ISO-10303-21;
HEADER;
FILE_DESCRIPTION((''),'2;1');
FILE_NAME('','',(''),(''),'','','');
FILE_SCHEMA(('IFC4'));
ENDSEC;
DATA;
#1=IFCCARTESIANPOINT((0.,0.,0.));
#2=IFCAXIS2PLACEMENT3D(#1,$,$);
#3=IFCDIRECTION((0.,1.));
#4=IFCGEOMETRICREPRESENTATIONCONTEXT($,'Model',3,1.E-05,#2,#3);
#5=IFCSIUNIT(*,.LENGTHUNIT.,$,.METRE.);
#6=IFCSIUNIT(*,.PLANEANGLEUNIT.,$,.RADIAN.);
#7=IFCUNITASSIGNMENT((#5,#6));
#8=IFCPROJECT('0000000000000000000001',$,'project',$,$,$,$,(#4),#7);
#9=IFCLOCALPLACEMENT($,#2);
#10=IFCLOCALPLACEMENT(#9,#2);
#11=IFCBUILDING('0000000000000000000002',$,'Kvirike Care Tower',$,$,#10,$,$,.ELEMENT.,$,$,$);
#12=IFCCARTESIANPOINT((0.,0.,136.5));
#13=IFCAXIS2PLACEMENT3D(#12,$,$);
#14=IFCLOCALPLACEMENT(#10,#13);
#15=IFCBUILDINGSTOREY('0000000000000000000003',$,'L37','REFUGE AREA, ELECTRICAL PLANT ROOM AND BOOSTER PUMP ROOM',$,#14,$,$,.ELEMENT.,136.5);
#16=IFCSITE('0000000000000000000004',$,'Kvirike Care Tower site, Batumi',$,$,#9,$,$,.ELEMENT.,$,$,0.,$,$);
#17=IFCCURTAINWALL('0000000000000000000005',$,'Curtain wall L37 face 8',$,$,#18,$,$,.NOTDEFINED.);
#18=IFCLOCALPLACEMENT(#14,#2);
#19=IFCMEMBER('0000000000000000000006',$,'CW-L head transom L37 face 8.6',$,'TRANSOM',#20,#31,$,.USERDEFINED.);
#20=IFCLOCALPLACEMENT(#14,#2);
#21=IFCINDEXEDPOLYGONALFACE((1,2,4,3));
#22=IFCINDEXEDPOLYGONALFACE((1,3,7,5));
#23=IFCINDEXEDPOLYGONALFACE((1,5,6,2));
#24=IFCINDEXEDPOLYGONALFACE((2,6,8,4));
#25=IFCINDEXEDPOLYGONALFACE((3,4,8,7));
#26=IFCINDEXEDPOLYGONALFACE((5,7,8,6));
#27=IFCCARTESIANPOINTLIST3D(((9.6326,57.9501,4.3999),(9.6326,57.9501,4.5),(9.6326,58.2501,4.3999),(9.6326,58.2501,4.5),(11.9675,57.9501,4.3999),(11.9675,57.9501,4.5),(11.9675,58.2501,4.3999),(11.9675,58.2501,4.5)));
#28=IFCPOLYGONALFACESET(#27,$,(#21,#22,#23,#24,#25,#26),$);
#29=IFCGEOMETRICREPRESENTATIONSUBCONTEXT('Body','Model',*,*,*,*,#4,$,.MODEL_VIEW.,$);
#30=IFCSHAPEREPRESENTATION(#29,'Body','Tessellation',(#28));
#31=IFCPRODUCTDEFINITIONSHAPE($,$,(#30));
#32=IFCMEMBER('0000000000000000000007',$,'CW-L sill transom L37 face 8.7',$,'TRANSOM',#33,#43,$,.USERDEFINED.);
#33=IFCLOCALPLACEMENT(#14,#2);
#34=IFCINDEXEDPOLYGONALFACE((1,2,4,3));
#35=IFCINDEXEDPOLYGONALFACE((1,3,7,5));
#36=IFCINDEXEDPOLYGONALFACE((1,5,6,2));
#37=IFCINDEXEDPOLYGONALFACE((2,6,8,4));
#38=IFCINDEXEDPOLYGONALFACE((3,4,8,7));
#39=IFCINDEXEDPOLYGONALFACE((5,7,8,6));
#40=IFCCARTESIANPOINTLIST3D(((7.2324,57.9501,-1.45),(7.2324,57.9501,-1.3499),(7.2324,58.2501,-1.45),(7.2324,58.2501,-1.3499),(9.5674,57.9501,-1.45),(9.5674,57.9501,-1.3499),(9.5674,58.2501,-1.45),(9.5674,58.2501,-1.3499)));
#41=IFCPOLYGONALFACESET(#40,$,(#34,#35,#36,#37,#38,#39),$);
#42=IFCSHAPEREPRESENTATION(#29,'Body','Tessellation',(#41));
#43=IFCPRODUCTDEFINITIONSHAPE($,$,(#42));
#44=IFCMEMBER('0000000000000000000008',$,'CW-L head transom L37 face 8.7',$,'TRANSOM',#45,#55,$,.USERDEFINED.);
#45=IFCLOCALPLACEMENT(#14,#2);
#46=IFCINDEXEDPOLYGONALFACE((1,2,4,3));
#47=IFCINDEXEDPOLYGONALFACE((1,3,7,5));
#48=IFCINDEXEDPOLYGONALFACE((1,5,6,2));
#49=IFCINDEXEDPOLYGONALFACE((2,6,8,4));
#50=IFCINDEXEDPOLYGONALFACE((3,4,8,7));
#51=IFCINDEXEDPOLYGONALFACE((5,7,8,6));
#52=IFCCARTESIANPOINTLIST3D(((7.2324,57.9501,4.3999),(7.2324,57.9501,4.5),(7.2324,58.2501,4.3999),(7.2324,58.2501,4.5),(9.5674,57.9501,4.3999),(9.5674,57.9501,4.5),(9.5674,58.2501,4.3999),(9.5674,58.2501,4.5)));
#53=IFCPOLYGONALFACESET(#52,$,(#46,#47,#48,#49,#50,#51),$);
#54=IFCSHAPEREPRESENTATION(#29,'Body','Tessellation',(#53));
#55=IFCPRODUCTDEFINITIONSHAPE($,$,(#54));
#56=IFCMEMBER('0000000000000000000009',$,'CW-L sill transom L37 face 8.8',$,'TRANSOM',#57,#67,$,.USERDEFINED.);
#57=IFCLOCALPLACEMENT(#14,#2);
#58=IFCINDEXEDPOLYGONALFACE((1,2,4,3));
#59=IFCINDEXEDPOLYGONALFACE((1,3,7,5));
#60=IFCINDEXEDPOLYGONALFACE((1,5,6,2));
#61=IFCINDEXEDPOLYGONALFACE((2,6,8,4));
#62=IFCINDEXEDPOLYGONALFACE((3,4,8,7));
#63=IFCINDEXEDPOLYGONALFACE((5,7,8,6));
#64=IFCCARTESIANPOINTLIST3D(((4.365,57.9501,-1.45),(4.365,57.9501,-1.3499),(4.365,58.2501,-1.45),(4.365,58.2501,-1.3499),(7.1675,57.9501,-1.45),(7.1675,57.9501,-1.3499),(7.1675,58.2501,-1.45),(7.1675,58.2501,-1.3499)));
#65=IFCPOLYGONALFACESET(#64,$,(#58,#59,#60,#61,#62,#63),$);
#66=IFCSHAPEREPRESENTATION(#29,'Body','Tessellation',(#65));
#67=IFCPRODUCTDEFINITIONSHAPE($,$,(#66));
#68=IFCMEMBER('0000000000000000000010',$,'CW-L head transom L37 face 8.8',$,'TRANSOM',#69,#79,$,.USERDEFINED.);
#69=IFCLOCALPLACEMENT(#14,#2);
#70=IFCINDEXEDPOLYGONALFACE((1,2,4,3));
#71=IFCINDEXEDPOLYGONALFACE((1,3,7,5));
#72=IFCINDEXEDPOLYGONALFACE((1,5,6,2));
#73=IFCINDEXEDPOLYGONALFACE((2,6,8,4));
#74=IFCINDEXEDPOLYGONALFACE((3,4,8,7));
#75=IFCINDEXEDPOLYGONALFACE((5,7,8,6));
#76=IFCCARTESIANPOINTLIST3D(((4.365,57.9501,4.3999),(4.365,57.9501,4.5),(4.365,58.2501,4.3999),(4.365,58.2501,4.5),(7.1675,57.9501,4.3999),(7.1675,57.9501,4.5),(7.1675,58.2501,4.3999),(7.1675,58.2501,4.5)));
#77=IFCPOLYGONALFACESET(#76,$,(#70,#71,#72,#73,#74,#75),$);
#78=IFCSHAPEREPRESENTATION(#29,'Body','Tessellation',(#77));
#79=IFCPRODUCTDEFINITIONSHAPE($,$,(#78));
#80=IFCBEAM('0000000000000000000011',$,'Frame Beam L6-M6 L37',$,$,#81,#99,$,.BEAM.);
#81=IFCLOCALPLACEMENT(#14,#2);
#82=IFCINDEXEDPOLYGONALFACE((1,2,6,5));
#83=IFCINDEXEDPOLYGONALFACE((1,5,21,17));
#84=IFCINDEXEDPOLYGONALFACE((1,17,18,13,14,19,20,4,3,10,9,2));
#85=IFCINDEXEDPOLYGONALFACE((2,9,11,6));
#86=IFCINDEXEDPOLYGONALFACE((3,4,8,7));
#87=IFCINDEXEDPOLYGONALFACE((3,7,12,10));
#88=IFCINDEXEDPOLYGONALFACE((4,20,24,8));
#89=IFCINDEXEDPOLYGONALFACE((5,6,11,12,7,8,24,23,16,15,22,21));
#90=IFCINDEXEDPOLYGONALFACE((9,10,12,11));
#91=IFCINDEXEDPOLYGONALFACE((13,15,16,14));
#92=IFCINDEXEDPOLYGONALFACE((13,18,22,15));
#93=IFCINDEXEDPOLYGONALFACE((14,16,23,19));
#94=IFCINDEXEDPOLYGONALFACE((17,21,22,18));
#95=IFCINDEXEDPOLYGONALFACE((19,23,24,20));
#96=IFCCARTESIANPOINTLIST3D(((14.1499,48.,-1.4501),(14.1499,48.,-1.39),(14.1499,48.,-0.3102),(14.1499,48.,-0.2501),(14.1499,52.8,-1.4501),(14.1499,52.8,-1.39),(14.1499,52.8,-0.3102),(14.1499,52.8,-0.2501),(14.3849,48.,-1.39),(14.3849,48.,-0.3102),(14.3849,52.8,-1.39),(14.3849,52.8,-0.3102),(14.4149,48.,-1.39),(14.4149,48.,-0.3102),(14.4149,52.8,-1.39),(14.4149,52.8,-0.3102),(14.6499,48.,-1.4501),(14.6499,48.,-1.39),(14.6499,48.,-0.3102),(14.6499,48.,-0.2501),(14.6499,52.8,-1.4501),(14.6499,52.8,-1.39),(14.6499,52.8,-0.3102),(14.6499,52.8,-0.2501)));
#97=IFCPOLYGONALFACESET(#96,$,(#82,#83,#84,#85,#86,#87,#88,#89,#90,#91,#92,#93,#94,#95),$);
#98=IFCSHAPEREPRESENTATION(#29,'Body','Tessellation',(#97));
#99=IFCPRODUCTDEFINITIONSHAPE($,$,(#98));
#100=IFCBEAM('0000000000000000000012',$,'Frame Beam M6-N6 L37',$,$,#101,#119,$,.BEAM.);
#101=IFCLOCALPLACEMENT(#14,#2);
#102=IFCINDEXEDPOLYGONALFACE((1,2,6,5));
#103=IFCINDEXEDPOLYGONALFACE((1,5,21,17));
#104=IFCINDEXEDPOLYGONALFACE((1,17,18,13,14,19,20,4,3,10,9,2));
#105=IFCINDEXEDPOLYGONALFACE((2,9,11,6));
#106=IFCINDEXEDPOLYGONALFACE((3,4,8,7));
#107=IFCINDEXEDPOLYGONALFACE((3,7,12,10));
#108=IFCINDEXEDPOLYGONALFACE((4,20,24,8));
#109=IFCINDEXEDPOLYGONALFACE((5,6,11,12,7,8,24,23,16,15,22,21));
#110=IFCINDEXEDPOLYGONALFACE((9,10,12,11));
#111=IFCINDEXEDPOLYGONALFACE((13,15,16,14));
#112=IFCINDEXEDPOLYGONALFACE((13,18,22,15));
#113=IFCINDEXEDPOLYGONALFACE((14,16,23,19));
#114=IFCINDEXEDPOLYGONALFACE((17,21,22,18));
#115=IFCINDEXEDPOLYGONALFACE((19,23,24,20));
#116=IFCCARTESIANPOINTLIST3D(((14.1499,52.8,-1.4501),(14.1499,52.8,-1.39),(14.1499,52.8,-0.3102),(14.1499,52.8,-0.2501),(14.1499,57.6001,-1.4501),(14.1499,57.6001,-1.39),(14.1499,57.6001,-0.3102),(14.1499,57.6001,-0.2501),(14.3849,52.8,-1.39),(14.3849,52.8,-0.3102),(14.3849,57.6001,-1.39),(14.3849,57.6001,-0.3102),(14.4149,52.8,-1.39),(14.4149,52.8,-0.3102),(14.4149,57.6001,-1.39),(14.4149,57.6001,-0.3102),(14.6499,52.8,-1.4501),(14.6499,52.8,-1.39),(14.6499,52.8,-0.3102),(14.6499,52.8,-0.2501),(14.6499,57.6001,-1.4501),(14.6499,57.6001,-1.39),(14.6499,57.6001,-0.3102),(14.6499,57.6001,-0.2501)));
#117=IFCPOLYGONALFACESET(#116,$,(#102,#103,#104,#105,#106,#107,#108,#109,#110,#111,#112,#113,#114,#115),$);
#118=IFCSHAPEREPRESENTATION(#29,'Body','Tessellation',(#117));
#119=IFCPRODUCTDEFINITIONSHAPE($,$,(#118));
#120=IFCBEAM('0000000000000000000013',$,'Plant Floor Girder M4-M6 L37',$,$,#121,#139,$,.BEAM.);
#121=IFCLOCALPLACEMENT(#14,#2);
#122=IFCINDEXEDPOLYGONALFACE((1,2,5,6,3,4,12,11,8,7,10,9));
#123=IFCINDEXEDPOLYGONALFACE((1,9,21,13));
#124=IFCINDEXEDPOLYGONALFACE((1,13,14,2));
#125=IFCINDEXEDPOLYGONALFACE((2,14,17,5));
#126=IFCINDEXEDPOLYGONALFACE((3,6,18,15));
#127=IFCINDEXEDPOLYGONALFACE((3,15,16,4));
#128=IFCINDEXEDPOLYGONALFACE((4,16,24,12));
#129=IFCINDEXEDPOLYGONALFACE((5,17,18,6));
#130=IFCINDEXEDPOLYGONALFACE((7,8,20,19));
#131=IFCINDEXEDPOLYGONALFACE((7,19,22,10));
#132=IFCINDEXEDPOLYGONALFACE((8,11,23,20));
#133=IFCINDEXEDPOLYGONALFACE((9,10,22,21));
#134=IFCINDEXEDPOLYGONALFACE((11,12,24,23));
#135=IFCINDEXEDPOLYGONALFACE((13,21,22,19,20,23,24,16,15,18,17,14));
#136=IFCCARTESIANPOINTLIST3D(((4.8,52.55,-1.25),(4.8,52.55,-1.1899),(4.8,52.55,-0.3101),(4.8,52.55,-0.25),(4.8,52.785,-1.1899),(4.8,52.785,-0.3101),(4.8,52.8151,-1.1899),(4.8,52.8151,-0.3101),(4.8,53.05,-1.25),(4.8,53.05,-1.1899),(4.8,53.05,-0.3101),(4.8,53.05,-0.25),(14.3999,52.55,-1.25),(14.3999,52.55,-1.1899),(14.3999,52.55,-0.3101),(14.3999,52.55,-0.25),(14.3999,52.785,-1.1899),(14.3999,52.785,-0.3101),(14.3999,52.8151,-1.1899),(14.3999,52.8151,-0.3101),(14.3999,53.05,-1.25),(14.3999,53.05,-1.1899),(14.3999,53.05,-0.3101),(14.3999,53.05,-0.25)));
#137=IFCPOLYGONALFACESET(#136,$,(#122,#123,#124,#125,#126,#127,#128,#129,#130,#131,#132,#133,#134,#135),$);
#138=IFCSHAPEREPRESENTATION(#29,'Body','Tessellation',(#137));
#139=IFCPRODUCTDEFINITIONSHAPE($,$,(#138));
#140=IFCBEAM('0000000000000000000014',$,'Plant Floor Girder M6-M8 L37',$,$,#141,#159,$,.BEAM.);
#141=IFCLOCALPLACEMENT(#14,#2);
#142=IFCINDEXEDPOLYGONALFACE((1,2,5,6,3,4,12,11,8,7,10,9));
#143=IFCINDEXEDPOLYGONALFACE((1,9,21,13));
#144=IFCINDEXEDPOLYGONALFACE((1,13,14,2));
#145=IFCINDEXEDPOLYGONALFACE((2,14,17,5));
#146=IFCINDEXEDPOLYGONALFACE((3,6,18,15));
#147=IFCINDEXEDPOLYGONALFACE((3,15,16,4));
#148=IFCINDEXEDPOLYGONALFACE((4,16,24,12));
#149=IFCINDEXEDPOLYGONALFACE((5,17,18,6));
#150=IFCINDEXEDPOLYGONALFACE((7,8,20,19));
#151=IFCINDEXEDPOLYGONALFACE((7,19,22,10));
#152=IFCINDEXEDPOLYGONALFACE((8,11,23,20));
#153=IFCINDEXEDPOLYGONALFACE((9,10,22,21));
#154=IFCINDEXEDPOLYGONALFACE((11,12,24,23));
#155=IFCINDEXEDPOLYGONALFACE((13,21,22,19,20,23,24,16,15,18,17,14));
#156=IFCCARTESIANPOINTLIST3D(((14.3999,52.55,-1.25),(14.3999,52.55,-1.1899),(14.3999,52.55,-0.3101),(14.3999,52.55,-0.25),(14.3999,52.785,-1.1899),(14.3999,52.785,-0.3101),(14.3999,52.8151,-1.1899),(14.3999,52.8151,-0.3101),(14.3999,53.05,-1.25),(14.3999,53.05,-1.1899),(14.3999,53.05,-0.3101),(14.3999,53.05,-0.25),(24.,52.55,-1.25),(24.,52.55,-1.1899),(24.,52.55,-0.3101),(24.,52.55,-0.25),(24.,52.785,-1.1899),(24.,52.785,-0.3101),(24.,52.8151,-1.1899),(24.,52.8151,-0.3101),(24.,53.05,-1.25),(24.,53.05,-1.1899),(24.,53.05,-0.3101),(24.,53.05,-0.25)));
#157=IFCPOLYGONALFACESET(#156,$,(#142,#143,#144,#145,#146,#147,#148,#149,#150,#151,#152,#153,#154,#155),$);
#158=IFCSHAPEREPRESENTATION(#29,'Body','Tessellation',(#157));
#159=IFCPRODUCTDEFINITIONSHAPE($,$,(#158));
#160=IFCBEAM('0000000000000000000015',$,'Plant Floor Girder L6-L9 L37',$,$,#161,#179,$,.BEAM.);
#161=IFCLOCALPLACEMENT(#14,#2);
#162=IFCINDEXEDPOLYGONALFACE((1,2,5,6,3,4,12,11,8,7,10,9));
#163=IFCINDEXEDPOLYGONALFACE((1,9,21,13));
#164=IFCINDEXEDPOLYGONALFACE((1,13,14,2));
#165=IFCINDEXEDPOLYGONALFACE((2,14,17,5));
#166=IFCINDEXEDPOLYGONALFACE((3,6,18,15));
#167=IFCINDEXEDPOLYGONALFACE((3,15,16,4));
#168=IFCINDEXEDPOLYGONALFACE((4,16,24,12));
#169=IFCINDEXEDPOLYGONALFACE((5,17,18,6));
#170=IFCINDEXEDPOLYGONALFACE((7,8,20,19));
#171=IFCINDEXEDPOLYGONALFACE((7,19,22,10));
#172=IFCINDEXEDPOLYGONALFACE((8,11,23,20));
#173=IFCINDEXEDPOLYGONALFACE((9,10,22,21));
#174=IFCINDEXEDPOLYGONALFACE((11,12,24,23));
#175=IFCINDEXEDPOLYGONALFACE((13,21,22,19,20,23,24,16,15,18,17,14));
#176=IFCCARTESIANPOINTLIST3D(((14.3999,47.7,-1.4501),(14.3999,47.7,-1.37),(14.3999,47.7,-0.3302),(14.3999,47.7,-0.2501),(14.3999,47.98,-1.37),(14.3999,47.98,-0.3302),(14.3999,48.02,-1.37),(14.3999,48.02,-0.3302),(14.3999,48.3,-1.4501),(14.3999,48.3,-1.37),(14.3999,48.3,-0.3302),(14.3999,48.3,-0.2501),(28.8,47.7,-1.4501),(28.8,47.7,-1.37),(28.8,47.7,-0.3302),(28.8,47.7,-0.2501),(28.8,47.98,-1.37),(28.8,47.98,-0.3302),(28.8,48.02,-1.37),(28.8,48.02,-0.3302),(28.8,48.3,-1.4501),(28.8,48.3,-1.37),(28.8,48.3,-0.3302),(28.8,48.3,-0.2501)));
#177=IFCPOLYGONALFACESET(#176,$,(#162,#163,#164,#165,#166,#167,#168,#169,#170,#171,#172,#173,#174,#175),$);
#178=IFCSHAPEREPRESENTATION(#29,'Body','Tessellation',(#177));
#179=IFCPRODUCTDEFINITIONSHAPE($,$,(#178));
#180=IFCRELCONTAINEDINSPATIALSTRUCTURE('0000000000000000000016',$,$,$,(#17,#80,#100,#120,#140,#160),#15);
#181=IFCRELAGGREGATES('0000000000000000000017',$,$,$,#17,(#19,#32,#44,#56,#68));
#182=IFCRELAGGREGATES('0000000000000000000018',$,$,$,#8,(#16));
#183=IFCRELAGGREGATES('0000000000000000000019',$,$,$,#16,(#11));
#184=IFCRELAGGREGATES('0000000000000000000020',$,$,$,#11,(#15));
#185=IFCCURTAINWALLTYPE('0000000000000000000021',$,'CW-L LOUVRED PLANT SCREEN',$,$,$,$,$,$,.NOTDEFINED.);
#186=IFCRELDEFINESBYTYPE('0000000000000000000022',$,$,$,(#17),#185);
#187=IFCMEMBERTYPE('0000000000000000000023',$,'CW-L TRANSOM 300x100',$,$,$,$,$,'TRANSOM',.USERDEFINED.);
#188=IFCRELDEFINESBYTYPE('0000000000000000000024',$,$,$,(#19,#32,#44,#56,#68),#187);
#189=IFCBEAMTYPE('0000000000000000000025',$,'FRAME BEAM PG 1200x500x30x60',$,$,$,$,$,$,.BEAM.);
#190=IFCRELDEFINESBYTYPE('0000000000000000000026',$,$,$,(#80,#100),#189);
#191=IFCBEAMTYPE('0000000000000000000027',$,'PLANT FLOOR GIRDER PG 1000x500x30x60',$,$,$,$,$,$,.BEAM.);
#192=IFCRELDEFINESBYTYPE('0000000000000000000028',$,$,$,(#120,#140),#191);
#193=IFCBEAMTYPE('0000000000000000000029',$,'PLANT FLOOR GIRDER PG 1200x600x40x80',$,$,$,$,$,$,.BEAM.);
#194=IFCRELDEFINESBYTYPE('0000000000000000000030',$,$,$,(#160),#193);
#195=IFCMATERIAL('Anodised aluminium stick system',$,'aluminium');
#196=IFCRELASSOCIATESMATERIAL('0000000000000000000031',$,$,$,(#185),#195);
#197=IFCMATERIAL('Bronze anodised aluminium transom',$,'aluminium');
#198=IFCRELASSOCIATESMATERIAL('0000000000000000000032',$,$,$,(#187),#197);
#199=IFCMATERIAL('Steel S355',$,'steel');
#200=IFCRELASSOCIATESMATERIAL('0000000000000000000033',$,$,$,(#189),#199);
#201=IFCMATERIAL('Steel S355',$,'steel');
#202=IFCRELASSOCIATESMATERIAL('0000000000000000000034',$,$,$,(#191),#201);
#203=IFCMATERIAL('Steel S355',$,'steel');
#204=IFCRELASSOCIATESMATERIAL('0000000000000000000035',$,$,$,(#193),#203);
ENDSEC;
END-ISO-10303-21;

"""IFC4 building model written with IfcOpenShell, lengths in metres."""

from ifc_helpers import new_model, si_unit, direction, frame, origin, origin_2d, place, context, subcontext, project, spatial, rectangle, i_section, extrude, material, material_profile, profile_set, type_object, element, aggregate, save


model = new_model("IFC4")

# Units and contexts
model_context = context("Model", 3, precision=1e-05, world=origin(), true_north=direction((0.0, 1.0)))
body_context = subcontext(model_context, "Body", "Model", "MODEL_VIEW")
ifc_project = project(units=[si_unit("LENGTHUNIT", "METRE"), si_unit("PLANEANGLEUNIT", "RADIAN")], contexts=[model_context])

# Site, building, storey
site_placement = place(None, origin())
site = spatial("IfcSite", under=ifc_project, at=site_placement, Name="Kvirike Care Tower site, Batumi", CompositionType="ELEMENT", RefElevation=0.0)
building_placement = place(site_placement, origin())
building = spatial("IfcBuilding", under=site, at=building_placement, Name="Kvirike Care Tower", CompositionType="ELEMENT")
storey_placement = place(building_placement, frame((0.0, 0.0, 136.5)))
storey = spatial("IfcBuildingStorey", under=building, at=storey_placement, Name="L37", Description="REFUGE AREA, ELECTRICAL PLANT ROOM AND BOOSTER PUMP ROOM", CompositionType="ELEMENT", Elevation=136.5)

# Curtain wall
ifc_material_1 = material(Name="Anodised aluminium stick system", Category="aluminium")
curtain_wall_type = type_object("IfcCurtainWallType", Name="CW-L LOUVRED PLANT SCREEN", PredefinedType="NOTDEFINED", material=ifc_material_1)
curtain_wall_1_placement = place(storey_placement, origin())
curtain_wall_1 = element("IfcCurtainWall", 1, at=curtain_wall_1_placement, inside=storey, type_object=curtain_wall_type, Name="Curtain wall L37 face 8", PredefinedType="NOTDEFINED")

# Members
ifc_material_2 = material(Name="Bronze anodised aluminium transom", Category="aluminium")
ifc_material_profile_1 = material_profile(ifc_material_2, rectangle(XDim=0.3, YDim=0.1001, at=origin_2d()), Name="CW-L TRANSOM 300x100")
ifc_profile_set_1 = profile_set([ifc_material_profile_1], Name="Bronze anodised aluminium transom")
member_type_1 = type_object("IfcMemberType", Name="CW-L TRANSOM 300x100", ElementType="TRANSOM", PredefinedType="USERDEFINED", material=ifc_profile_set_1)
member_1_placement = place(storey_placement, frame((11.9675, 58.1001, 4.45), z_axis=(-1.0, 0.0, 0.0), x_axis=(0.0, -1.0, 0.0)))
member_1 = element("IfcMember", 2, at=member_1_placement, type_object=member_type_1, Name="CW-L head transom L37 face 8.6", ObjectType="TRANSOM", PredefinedType="USERDEFINED", context=body_context, shape_type="SweptSolid", body=[
    extrude(rectangle(XDim=0.3, YDim=0.1001, at=origin_2d()), origin(), (0.0, 0.0, 1.0), 2.335),
])
member_2_placement = place(storey_placement, frame((9.5674, 58.1001, -1.3999), z_axis=(-1.0, 0.0, 0.0), x_axis=(0.0, -1.0, 0.0)))
member_2 = element("IfcMember", 3, at=member_2_placement, type_object=member_type_1, Name="CW-L sill transom L37 face 8.7", ObjectType="TRANSOM", PredefinedType="USERDEFINED", context=body_context, shape_type="SweptSolid", body=[
    extrude(rectangle(XDim=0.3, YDim=0.1001, at=origin_2d()), origin(), (0.0, 0.0, 1.0), 2.335),
])
member_3_placement = place(storey_placement, frame((9.5674, 58.1001, 4.45), z_axis=(-1.0, 0.0, 0.0), x_axis=(0.0, -1.0, 0.0)))
member_3 = element("IfcMember", 4, at=member_3_placement, type_object=member_type_1, Name="CW-L head transom L37 face 8.7", ObjectType="TRANSOM", PredefinedType="USERDEFINED", context=body_context, shape_type="SweptSolid", body=[
    extrude(rectangle(XDim=0.3, YDim=0.1001, at=origin_2d()), origin(), (0.0, 0.0, 1.0), 2.335),
])
member_4_placement = place(storey_placement, frame((7.1675, 58.1001, -1.3999), z_axis=(-1.0, 0.0, 0.0), x_axis=(0.0, -1.0, 0.0)))
member_4 = element("IfcMember", 5, at=member_4_placement, type_object=member_type_1, Name="CW-L sill transom L37 face 8.8", ObjectType="TRANSOM", PredefinedType="USERDEFINED", context=body_context, shape_type="SweptSolid", body=[
    extrude(rectangle(XDim=0.3, YDim=0.1001, at=origin_2d()), origin(), (0.0, 0.0, 1.0), 2.8025),
])
member_5_placement = place(storey_placement, frame((7.1675, 58.1001, 4.45), z_axis=(-1.0, 0.0, 0.0), x_axis=(0.0, -1.0, 0.0)))
member_5 = element("IfcMember", 6, at=member_5_placement, type_object=member_type_1, Name="CW-L head transom L37 face 8.8", ObjectType="TRANSOM", PredefinedType="USERDEFINED", context=body_context, shape_type="SweptSolid", body=[
    extrude(rectangle(XDim=0.3, YDim=0.1001, at=origin_2d()), origin(), (0.0, 0.0, 1.0), 2.8025),
])

# Beams
ifc_material_3 = material(Name="Steel S355", Category="steel")
ifc_material_profile_2 = material_profile(ifc_material_3, i_section(OverallWidth=0.5, OverallDepth=1.2, WebThickness=0.03, FlangeThickness=0.0601, at=origin_2d()), Name="PG 1200x500x30x60")
ifc_profile_set_2 = profile_set([ifc_material_profile_2], Name="Steel S355")
beam_type_1 = type_object("IfcBeamType", Name="FRAME BEAM PG 1200x500x30x60", PredefinedType="BEAM", material=ifc_profile_set_2)
for number, where, z_axis, x_axis, name in (
    (7, (14.3999, 48.0, -0.8501), (0.0, 1.0, 0.0), (-1.0, 0.0, 0.0), "Frame Beam L6-M6 L37"),
    (8, (14.3999, 52.8, -0.8501), (0.0, 1.0, 0.0), (-1.0, 0.0, 0.0), "Frame Beam M6-N6 L37"),
):
    element("IfcBeam", number, at=place(storey_placement, frame(where, z_axis=z_axis, x_axis=x_axis)), inside=storey, type_object=beam_type_1, Name=name, PredefinedType="BEAM", context=body_context, shape_type="SweptSolid", body=[
        extrude(i_section(OverallWidth=0.5, OverallDepth=1.2, WebThickness=0.03, FlangeThickness=0.0601, at=origin_2d()), origin(), (0.0, 0.0, 1.0), 4.8),
    ])
ifc_material_4 = material(Name="Steel S355", Category="steel")
ifc_material_profile_3 = material_profile(ifc_material_4, i_section(OverallWidth=0.5, OverallDepth=1.0, WebThickness=0.03, FlangeThickness=0.0601, at=origin_2d()), Name="PG 1000x500x30x60")
ifc_profile_set_3 = profile_set([ifc_material_profile_3], Name="Steel S355")
beam_type_2 = type_object("IfcBeamType", Name="PLANT FLOOR GIRDER PG 1000x500x30x60", PredefinedType="BEAM", material=ifc_profile_set_3)
beam_1_placement = place(storey_placement, frame((4.8, 52.8, -0.75), z_axis=(1.0, 0.0, 0.0), x_axis=(0.0, 1.0, 0.0)))
element("IfcBeam", 9, at=beam_1_placement, inside=storey, type_object=beam_type_2, Name="Plant Floor Girder M4-M6 L37", PredefinedType="BEAM", context=body_context, shape_type="SweptSolid", body=[
    extrude(i_section(OverallWidth=0.5, OverallDepth=1.0, WebThickness=0.03, FlangeThickness=0.0601, at=origin_2d()), origin(), (0.0, 0.0, 1.0), 9.5999),
])
beam_2_placement = place(storey_placement, frame((14.3999, 52.8, -0.75), z_axis=(1.0, 0.0, 0.0), x_axis=(0.0, 1.0, 0.0)))
element("IfcBeam", 10, at=beam_2_placement, inside=storey, type_object=beam_type_2, Name="Plant Floor Girder M6-M8 L37", PredefinedType="BEAM", context=body_context, shape_type="SweptSolid", body=[
    extrude(i_section(OverallWidth=0.5, OverallDepth=1.0, WebThickness=0.03, FlangeThickness=0.0601, at=origin_2d()), origin(), (0.0, 0.0, 1.0), 9.6001),
])
ifc_material_5 = material(Name="Steel S355", Category="steel")
ifc_material_profile_4 = material_profile(ifc_material_5, i_section(OverallWidth=0.6001, OverallDepth=1.2, WebThickness=0.04, FlangeThickness=0.0801, at=origin_2d()), Name="PG 1200x600x40x80")
ifc_profile_set_4 = profile_set([ifc_material_profile_4], Name="Steel S355")
beam_type_3 = type_object("IfcBeamType", Name="PLANT FLOOR GIRDER PG 1200x600x40x80", PredefinedType="BEAM", material=ifc_profile_set_4)
beam_3_placement = place(storey_placement, frame((14.3999, 48.0, -0.8501), z_axis=(1.0, 0.0, 0.0), x_axis=(0.0, 1.0, 0.0)))
element("IfcBeam", 11, at=beam_3_placement, inside=storey, type_object=beam_type_3, Name="Plant Floor Girder L6-L9 L37", PredefinedType="BEAM", context=body_context, shape_type="SweptSolid", body=[
    extrude(i_section(OverallWidth=0.6001, OverallDepth=1.2, WebThickness=0.04, FlangeThickness=0.0801, at=origin_2d()), origin(), (0.0, 0.0, 1.0), 14.4001),
])

aggregate(curtain_wall_1, [member_1, member_2, member_3, member_4, member_5])

save(model, "model.ifc")
